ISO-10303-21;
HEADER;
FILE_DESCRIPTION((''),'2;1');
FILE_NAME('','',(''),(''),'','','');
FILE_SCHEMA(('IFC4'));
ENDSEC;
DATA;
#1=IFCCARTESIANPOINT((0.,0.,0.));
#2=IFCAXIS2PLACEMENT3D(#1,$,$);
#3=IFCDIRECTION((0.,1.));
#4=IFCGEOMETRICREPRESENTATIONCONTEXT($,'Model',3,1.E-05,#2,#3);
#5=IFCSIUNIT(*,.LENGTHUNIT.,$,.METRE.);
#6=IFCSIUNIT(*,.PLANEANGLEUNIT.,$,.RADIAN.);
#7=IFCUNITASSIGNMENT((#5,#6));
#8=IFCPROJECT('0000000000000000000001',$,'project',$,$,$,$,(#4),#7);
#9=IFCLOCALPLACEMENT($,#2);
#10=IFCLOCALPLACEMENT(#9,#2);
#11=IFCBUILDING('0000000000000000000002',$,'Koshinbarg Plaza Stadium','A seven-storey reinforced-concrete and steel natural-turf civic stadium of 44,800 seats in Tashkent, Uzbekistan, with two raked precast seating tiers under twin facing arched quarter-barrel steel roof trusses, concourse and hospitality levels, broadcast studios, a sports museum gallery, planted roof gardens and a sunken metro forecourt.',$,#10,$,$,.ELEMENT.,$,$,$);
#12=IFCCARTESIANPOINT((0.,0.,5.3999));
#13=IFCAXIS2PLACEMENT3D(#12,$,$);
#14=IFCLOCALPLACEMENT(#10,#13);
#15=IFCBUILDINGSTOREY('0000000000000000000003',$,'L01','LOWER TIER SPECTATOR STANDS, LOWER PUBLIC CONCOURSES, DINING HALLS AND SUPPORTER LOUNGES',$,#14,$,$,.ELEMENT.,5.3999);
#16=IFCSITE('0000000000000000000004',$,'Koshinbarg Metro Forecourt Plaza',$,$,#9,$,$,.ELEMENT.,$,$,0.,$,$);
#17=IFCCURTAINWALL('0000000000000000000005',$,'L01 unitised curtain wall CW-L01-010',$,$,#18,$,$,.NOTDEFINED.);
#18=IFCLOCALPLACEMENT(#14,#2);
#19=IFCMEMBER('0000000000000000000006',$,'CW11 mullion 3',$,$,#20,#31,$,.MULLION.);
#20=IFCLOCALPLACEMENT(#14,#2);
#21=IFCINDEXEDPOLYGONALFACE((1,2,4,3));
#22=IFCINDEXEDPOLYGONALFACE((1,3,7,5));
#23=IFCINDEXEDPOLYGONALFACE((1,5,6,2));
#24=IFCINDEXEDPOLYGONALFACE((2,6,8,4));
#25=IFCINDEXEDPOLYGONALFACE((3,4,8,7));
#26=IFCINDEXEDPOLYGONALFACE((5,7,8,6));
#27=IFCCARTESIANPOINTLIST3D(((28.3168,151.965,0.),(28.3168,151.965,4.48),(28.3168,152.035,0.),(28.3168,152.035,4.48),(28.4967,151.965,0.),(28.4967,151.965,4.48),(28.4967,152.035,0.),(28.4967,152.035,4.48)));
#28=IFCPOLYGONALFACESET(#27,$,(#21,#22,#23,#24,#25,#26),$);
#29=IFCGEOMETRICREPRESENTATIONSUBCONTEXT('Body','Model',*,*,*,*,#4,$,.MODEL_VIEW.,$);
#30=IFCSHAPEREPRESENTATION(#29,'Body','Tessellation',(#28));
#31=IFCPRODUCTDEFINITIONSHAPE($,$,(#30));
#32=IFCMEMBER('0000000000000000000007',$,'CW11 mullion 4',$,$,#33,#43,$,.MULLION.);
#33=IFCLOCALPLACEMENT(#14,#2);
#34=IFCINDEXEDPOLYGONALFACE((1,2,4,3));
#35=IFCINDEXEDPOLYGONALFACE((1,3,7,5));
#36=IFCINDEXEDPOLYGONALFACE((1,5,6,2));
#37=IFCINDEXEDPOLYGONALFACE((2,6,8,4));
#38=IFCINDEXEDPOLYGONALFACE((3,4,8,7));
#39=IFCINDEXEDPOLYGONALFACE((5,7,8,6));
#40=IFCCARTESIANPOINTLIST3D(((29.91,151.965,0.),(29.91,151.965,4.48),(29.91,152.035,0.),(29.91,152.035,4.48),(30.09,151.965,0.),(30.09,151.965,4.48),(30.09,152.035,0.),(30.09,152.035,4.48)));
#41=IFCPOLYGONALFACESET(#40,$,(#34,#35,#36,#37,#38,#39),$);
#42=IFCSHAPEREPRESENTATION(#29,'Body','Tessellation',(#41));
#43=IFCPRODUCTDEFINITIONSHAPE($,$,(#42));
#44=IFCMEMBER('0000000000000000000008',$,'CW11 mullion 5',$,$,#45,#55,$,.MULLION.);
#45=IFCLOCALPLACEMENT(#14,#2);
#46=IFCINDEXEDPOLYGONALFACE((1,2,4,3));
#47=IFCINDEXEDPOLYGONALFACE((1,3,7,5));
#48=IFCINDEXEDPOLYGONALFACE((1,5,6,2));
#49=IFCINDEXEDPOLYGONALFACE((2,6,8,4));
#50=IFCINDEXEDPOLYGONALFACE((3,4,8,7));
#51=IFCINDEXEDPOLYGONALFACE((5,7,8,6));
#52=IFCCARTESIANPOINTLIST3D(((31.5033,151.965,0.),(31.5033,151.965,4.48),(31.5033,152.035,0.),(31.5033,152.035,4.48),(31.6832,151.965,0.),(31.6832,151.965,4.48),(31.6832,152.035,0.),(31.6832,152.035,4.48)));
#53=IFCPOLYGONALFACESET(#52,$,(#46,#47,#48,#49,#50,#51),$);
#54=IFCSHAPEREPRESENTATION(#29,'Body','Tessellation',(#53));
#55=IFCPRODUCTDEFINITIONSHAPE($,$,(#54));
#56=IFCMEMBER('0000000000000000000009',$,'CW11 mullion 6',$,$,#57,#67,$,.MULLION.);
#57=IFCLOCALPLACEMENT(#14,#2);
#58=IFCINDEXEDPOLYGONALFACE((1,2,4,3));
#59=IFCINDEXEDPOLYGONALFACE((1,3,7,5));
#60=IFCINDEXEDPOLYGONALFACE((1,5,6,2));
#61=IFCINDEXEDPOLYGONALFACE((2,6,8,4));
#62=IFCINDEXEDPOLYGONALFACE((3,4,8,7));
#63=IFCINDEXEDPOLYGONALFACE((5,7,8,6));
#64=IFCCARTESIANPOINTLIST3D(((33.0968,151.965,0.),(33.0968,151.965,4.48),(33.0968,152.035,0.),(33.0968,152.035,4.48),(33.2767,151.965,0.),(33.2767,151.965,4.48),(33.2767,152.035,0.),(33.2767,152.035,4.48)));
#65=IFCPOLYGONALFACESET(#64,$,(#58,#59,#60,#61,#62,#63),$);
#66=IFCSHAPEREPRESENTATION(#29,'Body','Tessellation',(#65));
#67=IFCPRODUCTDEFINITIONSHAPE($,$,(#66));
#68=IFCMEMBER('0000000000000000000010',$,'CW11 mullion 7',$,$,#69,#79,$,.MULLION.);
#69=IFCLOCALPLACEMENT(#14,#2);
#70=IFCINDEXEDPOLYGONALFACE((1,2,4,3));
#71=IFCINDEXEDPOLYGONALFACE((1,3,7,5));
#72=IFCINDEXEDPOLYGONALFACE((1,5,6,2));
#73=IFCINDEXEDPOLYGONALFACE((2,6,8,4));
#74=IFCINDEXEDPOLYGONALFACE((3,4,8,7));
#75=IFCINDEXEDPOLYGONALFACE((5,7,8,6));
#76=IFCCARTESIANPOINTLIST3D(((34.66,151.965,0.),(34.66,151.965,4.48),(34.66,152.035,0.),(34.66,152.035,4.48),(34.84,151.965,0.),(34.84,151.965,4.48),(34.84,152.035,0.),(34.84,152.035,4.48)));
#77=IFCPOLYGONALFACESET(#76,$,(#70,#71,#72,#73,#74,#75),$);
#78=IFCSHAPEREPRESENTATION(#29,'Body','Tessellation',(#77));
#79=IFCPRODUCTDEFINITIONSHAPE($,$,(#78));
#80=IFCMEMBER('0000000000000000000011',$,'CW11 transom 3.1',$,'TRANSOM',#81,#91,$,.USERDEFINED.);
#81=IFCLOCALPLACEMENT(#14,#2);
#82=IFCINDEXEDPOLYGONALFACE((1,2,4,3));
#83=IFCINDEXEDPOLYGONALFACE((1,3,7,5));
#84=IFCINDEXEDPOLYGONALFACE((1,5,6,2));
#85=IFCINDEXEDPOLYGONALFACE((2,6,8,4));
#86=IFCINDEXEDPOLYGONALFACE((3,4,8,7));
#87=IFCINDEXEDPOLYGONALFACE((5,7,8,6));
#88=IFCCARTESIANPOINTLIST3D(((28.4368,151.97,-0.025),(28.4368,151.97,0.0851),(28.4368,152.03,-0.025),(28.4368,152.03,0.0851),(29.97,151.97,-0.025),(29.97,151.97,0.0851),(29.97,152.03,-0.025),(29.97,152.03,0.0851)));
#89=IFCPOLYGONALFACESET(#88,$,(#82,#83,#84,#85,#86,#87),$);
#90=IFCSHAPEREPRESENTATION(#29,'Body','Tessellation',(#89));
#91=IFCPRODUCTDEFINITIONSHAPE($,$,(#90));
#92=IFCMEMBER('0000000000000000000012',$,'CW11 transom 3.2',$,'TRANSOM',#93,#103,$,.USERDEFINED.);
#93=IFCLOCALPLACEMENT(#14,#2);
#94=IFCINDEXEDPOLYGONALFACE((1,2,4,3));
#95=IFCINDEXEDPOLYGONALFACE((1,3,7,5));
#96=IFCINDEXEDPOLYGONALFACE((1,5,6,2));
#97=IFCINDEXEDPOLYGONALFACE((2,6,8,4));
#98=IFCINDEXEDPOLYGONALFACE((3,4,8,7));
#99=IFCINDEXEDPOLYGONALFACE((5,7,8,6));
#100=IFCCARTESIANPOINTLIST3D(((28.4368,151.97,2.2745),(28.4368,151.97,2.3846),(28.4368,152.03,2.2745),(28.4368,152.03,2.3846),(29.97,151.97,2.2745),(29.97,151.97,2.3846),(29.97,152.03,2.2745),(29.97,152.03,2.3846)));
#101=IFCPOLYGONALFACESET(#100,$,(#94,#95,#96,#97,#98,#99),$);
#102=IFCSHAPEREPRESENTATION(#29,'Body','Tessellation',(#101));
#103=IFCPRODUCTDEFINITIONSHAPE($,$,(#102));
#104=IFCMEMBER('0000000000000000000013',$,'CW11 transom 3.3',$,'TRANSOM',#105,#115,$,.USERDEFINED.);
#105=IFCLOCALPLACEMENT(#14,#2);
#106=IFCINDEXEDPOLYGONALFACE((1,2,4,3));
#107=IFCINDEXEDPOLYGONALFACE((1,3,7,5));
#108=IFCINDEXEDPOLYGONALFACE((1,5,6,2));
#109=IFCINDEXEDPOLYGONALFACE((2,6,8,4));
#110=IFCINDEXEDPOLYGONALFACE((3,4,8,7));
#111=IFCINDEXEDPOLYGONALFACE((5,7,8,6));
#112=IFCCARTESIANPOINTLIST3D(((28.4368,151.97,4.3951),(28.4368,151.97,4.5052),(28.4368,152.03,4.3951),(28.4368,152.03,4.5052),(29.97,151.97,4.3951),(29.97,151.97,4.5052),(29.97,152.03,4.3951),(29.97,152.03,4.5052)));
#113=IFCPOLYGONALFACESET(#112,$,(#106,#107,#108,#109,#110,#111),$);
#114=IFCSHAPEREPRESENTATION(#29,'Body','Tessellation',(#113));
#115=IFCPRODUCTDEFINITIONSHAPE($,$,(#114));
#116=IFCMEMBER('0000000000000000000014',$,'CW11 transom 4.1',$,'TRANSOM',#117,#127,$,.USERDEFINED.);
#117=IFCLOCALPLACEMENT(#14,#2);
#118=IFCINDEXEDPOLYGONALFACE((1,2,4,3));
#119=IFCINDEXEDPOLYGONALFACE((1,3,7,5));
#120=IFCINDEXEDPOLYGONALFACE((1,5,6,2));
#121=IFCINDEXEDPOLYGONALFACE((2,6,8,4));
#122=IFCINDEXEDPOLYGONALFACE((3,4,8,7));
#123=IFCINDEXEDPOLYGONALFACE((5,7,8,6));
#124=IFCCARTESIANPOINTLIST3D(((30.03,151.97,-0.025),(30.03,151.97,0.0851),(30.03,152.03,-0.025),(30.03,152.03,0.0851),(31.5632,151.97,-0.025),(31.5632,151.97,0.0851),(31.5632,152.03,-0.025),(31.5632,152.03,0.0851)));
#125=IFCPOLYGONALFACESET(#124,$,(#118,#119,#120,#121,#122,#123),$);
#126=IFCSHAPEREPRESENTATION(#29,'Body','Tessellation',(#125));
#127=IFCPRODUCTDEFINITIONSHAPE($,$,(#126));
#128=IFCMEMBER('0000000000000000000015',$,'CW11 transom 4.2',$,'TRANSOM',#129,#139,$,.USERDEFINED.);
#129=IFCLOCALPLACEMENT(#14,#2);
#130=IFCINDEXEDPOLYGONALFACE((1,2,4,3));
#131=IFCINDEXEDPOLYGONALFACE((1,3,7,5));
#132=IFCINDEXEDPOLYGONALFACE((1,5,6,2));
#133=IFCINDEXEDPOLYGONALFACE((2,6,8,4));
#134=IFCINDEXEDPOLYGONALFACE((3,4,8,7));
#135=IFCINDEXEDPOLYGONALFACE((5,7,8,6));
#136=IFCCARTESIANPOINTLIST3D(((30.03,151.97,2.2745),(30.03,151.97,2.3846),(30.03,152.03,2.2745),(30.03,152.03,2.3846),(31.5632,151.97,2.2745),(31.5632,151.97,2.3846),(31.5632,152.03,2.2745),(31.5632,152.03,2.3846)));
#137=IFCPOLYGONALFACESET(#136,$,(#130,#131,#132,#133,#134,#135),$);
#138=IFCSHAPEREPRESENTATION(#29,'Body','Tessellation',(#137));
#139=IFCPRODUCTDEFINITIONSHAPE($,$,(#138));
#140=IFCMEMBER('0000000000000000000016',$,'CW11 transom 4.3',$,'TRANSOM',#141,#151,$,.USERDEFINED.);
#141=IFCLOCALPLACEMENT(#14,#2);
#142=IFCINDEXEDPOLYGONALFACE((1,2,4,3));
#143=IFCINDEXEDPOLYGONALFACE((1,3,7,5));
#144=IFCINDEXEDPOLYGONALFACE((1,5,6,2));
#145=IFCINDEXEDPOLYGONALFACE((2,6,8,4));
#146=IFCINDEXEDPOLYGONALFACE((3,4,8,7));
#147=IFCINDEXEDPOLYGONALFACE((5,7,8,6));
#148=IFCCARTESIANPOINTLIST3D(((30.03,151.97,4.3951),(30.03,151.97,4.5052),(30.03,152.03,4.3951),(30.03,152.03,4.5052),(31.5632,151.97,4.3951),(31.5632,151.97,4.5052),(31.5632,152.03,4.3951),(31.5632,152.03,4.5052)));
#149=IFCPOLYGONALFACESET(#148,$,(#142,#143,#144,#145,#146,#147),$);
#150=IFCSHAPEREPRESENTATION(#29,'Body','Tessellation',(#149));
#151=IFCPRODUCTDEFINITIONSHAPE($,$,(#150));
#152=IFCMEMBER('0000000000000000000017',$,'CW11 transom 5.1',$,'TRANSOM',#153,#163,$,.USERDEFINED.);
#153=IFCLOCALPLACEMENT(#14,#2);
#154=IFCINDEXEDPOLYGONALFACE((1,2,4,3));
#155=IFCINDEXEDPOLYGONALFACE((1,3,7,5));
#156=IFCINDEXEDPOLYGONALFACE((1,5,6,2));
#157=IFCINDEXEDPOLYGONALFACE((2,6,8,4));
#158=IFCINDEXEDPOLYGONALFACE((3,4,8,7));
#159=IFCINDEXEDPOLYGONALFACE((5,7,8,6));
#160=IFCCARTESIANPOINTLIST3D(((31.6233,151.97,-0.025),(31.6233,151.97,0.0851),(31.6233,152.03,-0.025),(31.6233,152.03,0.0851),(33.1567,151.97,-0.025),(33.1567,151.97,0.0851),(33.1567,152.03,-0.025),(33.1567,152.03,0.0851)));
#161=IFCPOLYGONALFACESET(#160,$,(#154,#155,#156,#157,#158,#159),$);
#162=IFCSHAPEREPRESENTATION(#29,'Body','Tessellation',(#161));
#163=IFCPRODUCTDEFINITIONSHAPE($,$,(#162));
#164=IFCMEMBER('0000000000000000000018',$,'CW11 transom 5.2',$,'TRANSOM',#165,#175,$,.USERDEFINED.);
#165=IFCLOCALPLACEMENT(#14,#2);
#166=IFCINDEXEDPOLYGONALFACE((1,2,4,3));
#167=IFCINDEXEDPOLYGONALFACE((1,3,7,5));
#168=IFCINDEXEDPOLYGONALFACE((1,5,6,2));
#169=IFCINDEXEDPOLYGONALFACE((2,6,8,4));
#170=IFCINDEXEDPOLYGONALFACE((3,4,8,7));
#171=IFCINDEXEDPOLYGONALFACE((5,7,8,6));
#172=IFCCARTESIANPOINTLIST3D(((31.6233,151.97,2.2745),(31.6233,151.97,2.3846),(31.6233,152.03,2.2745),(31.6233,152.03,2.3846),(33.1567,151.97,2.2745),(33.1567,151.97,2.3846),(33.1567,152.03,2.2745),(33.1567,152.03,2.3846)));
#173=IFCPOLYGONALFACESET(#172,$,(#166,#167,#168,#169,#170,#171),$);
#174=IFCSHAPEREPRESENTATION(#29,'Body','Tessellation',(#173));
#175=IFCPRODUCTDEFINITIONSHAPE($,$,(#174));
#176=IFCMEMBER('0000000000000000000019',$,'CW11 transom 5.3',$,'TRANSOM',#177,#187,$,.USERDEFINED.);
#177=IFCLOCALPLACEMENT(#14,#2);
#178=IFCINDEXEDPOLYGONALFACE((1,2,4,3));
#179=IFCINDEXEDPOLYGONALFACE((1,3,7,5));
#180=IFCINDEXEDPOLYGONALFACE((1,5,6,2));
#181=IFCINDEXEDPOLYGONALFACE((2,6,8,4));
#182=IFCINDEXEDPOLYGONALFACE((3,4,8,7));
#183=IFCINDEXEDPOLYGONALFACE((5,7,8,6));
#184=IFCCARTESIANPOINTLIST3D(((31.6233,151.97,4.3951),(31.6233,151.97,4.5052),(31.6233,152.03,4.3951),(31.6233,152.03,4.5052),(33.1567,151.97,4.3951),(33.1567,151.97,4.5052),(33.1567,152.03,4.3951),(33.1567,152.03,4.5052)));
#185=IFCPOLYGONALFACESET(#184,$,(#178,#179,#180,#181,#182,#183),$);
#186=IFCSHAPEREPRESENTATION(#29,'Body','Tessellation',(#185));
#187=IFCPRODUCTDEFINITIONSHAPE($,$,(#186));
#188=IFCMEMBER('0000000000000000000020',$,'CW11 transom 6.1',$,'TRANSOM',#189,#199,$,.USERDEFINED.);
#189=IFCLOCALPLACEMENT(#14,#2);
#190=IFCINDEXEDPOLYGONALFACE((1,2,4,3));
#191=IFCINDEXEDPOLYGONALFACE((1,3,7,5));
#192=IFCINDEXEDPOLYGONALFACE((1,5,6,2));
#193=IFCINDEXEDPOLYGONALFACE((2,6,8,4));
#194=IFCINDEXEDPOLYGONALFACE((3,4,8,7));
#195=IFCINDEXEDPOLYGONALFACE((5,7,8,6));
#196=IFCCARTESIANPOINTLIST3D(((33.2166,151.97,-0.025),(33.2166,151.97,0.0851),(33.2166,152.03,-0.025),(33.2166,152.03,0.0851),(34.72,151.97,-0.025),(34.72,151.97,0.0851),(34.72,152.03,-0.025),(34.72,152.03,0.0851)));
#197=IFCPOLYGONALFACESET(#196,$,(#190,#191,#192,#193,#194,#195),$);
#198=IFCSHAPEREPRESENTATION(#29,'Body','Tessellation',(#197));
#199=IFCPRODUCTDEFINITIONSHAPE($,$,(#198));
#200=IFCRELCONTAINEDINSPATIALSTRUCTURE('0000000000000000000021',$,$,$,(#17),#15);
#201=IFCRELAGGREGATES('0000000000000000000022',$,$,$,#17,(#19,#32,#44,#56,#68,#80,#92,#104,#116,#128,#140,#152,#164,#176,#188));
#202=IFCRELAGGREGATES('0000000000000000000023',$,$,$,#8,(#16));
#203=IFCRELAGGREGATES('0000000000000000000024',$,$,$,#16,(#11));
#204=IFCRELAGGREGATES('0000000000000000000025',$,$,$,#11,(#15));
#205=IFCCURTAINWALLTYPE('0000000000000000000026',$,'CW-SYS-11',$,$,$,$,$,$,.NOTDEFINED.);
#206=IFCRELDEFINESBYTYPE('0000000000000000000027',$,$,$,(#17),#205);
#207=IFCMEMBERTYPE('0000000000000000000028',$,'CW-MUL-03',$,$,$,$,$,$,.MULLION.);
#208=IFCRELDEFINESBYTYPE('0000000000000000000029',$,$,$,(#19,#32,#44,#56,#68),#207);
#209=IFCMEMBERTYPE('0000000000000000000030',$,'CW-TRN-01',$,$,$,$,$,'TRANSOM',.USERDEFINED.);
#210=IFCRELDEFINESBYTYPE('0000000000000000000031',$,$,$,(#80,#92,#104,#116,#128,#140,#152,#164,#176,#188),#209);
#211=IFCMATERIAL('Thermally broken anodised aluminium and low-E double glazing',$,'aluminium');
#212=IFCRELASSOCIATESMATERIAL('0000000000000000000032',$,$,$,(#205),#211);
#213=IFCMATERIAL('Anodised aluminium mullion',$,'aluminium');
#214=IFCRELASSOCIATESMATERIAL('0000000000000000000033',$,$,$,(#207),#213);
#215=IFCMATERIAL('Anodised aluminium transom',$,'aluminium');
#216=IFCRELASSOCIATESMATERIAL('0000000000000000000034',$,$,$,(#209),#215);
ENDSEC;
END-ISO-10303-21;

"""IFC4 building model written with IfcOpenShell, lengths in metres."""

from ifc_helpers import new_model, si_unit, direction, frame, origin, origin_2d, place, context, subcontext, project, spatial, rectangle, extrude, material, material_profile, profile_set, type_object, element, aggregate, save


model = new_model("IFC4")

# Units and contexts
model_context = context("Model", 3, precision=1e-05, world=origin(), true_north=direction((0.0, 1.0)))
body_context = subcontext(model_context, "Body", "Model", "MODEL_VIEW")
ifc_project = project(units=[si_unit("LENGTHUNIT", "METRE"), si_unit("PLANEANGLEUNIT", "RADIAN")], contexts=[model_context])

# Site, building, storey
site_placement = place(None, origin())
site = spatial("IfcSite", under=ifc_project, at=site_placement, Name="Koshinbarg Metro Forecourt Plaza", CompositionType="ELEMENT", RefElevation=0.0)
building_placement = place(site_placement, origin())
building = spatial("IfcBuilding", under=site, at=building_placement, Name="Koshinbarg Plaza Stadium", Description="A seven-storey reinforced-concrete and steel natural-turf civic stadium of 44,800 seats in Tashkent, Uzbekistan, with two raked precast seating tiers under twin facing arched quarter-barrel steel roof trusses, concourse and hospitality levels, broadcast studios, a sports museum gallery, planted roof gardens and a sunken metro forecourt.", CompositionType="ELEMENT")
storey_placement = place(building_placement, frame((0.0, 0.0, 5.3999)))
storey = spatial("IfcBuildingStorey", under=building, at=storey_placement, Name="L01", Description="LOWER TIER SPECTATOR STANDS, LOWER PUBLIC CONCOURSES, DINING HALLS AND SUPPORTER LOUNGES", CompositionType="ELEMENT", Elevation=5.3999)

# Curtain wall, members
ifc_material_1 = material(Name="Thermally broken anodised aluminium and low-E double glazing", Category="aluminium")
curtain_wall_type = type_object("IfcCurtainWallType", Name="CW-SYS-11", PredefinedType="NOTDEFINED", material=ifc_material_1)
curtain_wall_placement = place(storey_placement, origin())
curtain_wall = element("IfcCurtainWall", 1, at=curtain_wall_placement, inside=storey, type_object=curtain_wall_type, Name="L01 unitised curtain wall CW-L01-010", PredefinedType="NOTDEFINED")
ifc_material_2 = material(Name="Anodised aluminium mullion", Category="aluminium")
ifc_material_profile_1 = material_profile(ifc_material_2, rectangle(XDim=0.0701, YDim=0.1799, at=origin_2d()), Name="ALU 70x180")
ifc_profile_set_1 = profile_set([ifc_material_profile_1], Name="Anodised aluminium mullion")
member_type_1 = type_object("IfcMemberType", Name="CW-MUL-03", PredefinedType="MULLION", material=ifc_profile_set_1)
member_1_placement = place(storey_placement, frame((28.4067, 152.0, 0.0), z_axis=(0.0, 0.0, 1.0), x_axis=(0.0, 1.0, 0.0)))
member_1 = element("IfcMember", 2, at=member_1_placement, type_object=member_type_1, Name="CW11 mullion 3", PredefinedType="MULLION", context=body_context, shape_type="SweptSolid", body=[
    extrude(rectangle(XDim=0.0701, YDim=0.1799, at=origin_2d()), origin(), (0.0, 0.0, 1.0), 4.48),
])
member_2_placement = place(storey_placement, frame((30.0, 152.0, 0.0), z_axis=(0.0, 0.0, 1.0), x_axis=(0.0, 1.0, 0.0)))
member_2 = element("IfcMember", 3, at=member_2_placement, type_object=member_type_1, Name="CW11 mullion 4", PredefinedType="MULLION", context=body_context, shape_type="SweptSolid", body=[
    extrude(rectangle(XDim=0.0701, YDim=0.1799, at=origin_2d()), origin(), (0.0, 0.0, 1.0), 4.48),
])
member_3_placement = place(storey_placement, frame((31.5933, 152.0, 0.0), z_axis=(0.0, 0.0, 1.0), x_axis=(0.0, 1.0, 0.0)))
member_3 = element("IfcMember", 4, at=member_3_placement, type_object=member_type_1, Name="CW11 mullion 5", PredefinedType="MULLION", context=body_context, shape_type="SweptSolid", body=[
    extrude(rectangle(XDim=0.0701, YDim=0.1799, at=origin_2d()), origin(), (0.0, 0.0, 1.0), 4.48),
])
member_4_placement = place(storey_placement, frame((33.1868, 152.0, 0.0), z_axis=(0.0, 0.0, 1.0), x_axis=(0.0, 1.0, 0.0)))
member_4 = element("IfcMember", 5, at=member_4_placement, type_object=member_type_1, Name="CW11 mullion 6", PredefinedType="MULLION", context=body_context, shape_type="SweptSolid", body=[
    extrude(rectangle(XDim=0.0701, YDim=0.1799, at=origin_2d()), origin(), (0.0, 0.0, 1.0), 4.48),
])
member_5_placement = place(storey_placement, frame((34.75, 152.0, 0.0), z_axis=(0.0, 0.0, 1.0), x_axis=(0.0, 1.0, 0.0)))
member_5 = element("IfcMember", 6, at=member_5_placement, type_object=member_type_1, Name="CW11 mullion 7", PredefinedType="MULLION", context=body_context, shape_type="SweptSolid", body=[
    extrude(rectangle(XDim=0.0701, YDim=0.1799, at=origin_2d()), origin(), (0.0, 0.0, 1.0), 4.48),
])
ifc_material_3 = material(Name="Anodised aluminium transom", Category="aluminium")
ifc_material_profile_2 = material_profile(ifc_material_3, rectangle(XDim=0.0601, YDim=0.1101, at=origin_2d()), Name="ALU 60x110")
ifc_profile_set_2 = profile_set([ifc_material_profile_2], Name="Anodised aluminium transom")
member_type_2 = type_object("IfcMemberType", Name="CW-TRN-01", ElementType="TRANSOM", PredefinedType="USERDEFINED", material=ifc_profile_set_2)
member_6_placement = place(storey_placement, frame((28.4368, 152.0, 0.03), z_axis=(1.0, 0.0, 0.0), x_axis=(0.0, 1.0, 0.0)))
member_6 = element("IfcMember", 7, at=member_6_placement, type_object=member_type_2, Name="CW11 transom 3.1", ObjectType="TRANSOM", PredefinedType="USERDEFINED", context=body_context, shape_type="SweptSolid", body=[
    extrude(rectangle(XDim=0.0601, YDim=0.1101, at=origin_2d()), origin(), (0.0, 0.0, 1.0), 1.5332),
])
member_7_placement = place(storey_placement, frame((28.4368, 152.0, 2.3296), z_axis=(1.0, 0.0, 0.0), x_axis=(0.0, 1.0, 0.0)))
member_7 = element("IfcMember", 8, at=member_7_placement, type_object=member_type_2, Name="CW11 transom 3.2", ObjectType="TRANSOM", PredefinedType="USERDEFINED", context=body_context, shape_type="SweptSolid", body=[
    extrude(rectangle(XDim=0.0601, YDim=0.1101, at=origin_2d()), origin(), (0.0, 0.0, 1.0), 1.5332),
])
member_8_placement = place(storey_placement, frame((28.4368, 152.0, 4.4502), z_axis=(1.0, 0.0, 0.0), x_axis=(0.0, 1.0, 0.0)))
member_8 = element("IfcMember", 9, at=member_8_placement, type_object=member_type_2, Name="CW11 transom 3.3", ObjectType="TRANSOM", PredefinedType="USERDEFINED", context=body_context, shape_type="SweptSolid", body=[
    extrude(rectangle(XDim=0.0601, YDim=0.1101, at=origin_2d()), origin(), (0.0, 0.0, 1.0), 1.5332),
])
member_9_placement = place(storey_placement, frame((30.03, 152.0, 0.03), z_axis=(1.0, 0.0, 0.0), x_axis=(0.0, 1.0, 0.0)))
member_9 = element("IfcMember", 10, at=member_9_placement, type_object=member_type_2, Name="CW11 transom 4.1", ObjectType="TRANSOM", PredefinedType="USERDEFINED", context=body_context, shape_type="SweptSolid", body=[
    extrude(rectangle(XDim=0.0601, YDim=0.1101, at=origin_2d()), origin(), (0.0, 0.0, 1.0), 1.5332),
])
member_10_placement = place(storey_placement, frame((30.03, 152.0, 2.3296), z_axis=(1.0, 0.0, 0.0), x_axis=(0.0, 1.0, 0.0)))
member_10 = element("IfcMember", 11, at=member_10_placement, type_object=member_type_2, Name="CW11 transom 4.2", ObjectType="TRANSOM", PredefinedType="USERDEFINED", context=body_context, shape_type="SweptSolid", body=[
    extrude(rectangle(XDim=0.0601, YDim=0.1101, at=origin_2d()), origin(), (0.0, 0.0, 1.0), 1.5332),
])
member_11_placement = place(storey_placement, frame((30.03, 152.0, 4.4502), z_axis=(1.0, 0.0, 0.0), x_axis=(0.0, 1.0, 0.0)))
member_11 = element("IfcMember", 12, at=member_11_placement, type_object=member_type_2, Name="CW11 transom 4.3", ObjectType="TRANSOM", PredefinedType="USERDEFINED", context=body_context, shape_type="SweptSolid", body=[
    extrude(rectangle(XDim=0.0601, YDim=0.1101, at=origin_2d()), origin(), (0.0, 0.0, 1.0), 1.5332),
])
member_12_placement = place(storey_placement, frame((31.6233, 152.0, 0.03), z_axis=(1.0, 0.0, 0.0), x_axis=(0.0, 1.0, 0.0)))
member_12 = element("IfcMember", 13, at=member_12_placement, type_object=member_type_2, Name="CW11 transom 5.1", ObjectType="TRANSOM", PredefinedType="USERDEFINED", context=body_context, shape_type="SweptSolid", body=[
    extrude(rectangle(XDim=0.0601, YDim=0.1101, at=origin_2d()), origin(), (0.0, 0.0, 1.0), 1.5334),
])
member_13_placement = place(storey_placement, frame((31.6233, 152.0, 2.3296), z_axis=(1.0, 0.0, 0.0), x_axis=(0.0, 1.0, 0.0)))
member_13 = element("IfcMember", 14, at=member_13_placement, type_object=member_type_2, Name="CW11 transom 5.2", ObjectType="TRANSOM", PredefinedType="USERDEFINED", context=body_context, shape_type="SweptSolid", body=[
    extrude(rectangle(XDim=0.0601, YDim=0.1101, at=origin_2d()), origin(), (0.0, 0.0, 1.0), 1.5334),
])
member_14_placement = place(storey_placement, frame((31.6233, 152.0, 4.4502), z_axis=(1.0, 0.0, 0.0), x_axis=(0.0, 1.0, 0.0)))
member_14 = element("IfcMember", 15, at=member_14_placement, type_object=member_type_2, Name="CW11 transom 5.3", ObjectType="TRANSOM", PredefinedType="USERDEFINED", context=body_context, shape_type="SweptSolid", body=[
    extrude(rectangle(XDim=0.0601, YDim=0.1101, at=origin_2d()), origin(), (0.0, 0.0, 1.0), 1.5334),
])
member_15_placement = place(storey_placement, frame((33.2166, 152.0, 0.03), z_axis=(1.0, 0.0, 0.0), x_axis=(0.0, 1.0, 0.0)))
member_15 = element("IfcMember", 16, at=member_15_placement, type_object=member_type_2, Name="CW11 transom 6.1", ObjectType="TRANSOM", PredefinedType="USERDEFINED", context=body_context, shape_type="SweptSolid", body=[
    extrude(rectangle(XDim=0.0601, YDim=0.1101, at=origin_2d()), origin(), (0.0, 0.0, 1.0), 1.5034),
])
aggregate(curtain_wall, [member_1, member_2, member_3, member_4, member_5, member_6, member_7, member_8, member_9, member_10, member_11, member_12, member_13, member_14, member_15])

save(model, "model.ifc")
